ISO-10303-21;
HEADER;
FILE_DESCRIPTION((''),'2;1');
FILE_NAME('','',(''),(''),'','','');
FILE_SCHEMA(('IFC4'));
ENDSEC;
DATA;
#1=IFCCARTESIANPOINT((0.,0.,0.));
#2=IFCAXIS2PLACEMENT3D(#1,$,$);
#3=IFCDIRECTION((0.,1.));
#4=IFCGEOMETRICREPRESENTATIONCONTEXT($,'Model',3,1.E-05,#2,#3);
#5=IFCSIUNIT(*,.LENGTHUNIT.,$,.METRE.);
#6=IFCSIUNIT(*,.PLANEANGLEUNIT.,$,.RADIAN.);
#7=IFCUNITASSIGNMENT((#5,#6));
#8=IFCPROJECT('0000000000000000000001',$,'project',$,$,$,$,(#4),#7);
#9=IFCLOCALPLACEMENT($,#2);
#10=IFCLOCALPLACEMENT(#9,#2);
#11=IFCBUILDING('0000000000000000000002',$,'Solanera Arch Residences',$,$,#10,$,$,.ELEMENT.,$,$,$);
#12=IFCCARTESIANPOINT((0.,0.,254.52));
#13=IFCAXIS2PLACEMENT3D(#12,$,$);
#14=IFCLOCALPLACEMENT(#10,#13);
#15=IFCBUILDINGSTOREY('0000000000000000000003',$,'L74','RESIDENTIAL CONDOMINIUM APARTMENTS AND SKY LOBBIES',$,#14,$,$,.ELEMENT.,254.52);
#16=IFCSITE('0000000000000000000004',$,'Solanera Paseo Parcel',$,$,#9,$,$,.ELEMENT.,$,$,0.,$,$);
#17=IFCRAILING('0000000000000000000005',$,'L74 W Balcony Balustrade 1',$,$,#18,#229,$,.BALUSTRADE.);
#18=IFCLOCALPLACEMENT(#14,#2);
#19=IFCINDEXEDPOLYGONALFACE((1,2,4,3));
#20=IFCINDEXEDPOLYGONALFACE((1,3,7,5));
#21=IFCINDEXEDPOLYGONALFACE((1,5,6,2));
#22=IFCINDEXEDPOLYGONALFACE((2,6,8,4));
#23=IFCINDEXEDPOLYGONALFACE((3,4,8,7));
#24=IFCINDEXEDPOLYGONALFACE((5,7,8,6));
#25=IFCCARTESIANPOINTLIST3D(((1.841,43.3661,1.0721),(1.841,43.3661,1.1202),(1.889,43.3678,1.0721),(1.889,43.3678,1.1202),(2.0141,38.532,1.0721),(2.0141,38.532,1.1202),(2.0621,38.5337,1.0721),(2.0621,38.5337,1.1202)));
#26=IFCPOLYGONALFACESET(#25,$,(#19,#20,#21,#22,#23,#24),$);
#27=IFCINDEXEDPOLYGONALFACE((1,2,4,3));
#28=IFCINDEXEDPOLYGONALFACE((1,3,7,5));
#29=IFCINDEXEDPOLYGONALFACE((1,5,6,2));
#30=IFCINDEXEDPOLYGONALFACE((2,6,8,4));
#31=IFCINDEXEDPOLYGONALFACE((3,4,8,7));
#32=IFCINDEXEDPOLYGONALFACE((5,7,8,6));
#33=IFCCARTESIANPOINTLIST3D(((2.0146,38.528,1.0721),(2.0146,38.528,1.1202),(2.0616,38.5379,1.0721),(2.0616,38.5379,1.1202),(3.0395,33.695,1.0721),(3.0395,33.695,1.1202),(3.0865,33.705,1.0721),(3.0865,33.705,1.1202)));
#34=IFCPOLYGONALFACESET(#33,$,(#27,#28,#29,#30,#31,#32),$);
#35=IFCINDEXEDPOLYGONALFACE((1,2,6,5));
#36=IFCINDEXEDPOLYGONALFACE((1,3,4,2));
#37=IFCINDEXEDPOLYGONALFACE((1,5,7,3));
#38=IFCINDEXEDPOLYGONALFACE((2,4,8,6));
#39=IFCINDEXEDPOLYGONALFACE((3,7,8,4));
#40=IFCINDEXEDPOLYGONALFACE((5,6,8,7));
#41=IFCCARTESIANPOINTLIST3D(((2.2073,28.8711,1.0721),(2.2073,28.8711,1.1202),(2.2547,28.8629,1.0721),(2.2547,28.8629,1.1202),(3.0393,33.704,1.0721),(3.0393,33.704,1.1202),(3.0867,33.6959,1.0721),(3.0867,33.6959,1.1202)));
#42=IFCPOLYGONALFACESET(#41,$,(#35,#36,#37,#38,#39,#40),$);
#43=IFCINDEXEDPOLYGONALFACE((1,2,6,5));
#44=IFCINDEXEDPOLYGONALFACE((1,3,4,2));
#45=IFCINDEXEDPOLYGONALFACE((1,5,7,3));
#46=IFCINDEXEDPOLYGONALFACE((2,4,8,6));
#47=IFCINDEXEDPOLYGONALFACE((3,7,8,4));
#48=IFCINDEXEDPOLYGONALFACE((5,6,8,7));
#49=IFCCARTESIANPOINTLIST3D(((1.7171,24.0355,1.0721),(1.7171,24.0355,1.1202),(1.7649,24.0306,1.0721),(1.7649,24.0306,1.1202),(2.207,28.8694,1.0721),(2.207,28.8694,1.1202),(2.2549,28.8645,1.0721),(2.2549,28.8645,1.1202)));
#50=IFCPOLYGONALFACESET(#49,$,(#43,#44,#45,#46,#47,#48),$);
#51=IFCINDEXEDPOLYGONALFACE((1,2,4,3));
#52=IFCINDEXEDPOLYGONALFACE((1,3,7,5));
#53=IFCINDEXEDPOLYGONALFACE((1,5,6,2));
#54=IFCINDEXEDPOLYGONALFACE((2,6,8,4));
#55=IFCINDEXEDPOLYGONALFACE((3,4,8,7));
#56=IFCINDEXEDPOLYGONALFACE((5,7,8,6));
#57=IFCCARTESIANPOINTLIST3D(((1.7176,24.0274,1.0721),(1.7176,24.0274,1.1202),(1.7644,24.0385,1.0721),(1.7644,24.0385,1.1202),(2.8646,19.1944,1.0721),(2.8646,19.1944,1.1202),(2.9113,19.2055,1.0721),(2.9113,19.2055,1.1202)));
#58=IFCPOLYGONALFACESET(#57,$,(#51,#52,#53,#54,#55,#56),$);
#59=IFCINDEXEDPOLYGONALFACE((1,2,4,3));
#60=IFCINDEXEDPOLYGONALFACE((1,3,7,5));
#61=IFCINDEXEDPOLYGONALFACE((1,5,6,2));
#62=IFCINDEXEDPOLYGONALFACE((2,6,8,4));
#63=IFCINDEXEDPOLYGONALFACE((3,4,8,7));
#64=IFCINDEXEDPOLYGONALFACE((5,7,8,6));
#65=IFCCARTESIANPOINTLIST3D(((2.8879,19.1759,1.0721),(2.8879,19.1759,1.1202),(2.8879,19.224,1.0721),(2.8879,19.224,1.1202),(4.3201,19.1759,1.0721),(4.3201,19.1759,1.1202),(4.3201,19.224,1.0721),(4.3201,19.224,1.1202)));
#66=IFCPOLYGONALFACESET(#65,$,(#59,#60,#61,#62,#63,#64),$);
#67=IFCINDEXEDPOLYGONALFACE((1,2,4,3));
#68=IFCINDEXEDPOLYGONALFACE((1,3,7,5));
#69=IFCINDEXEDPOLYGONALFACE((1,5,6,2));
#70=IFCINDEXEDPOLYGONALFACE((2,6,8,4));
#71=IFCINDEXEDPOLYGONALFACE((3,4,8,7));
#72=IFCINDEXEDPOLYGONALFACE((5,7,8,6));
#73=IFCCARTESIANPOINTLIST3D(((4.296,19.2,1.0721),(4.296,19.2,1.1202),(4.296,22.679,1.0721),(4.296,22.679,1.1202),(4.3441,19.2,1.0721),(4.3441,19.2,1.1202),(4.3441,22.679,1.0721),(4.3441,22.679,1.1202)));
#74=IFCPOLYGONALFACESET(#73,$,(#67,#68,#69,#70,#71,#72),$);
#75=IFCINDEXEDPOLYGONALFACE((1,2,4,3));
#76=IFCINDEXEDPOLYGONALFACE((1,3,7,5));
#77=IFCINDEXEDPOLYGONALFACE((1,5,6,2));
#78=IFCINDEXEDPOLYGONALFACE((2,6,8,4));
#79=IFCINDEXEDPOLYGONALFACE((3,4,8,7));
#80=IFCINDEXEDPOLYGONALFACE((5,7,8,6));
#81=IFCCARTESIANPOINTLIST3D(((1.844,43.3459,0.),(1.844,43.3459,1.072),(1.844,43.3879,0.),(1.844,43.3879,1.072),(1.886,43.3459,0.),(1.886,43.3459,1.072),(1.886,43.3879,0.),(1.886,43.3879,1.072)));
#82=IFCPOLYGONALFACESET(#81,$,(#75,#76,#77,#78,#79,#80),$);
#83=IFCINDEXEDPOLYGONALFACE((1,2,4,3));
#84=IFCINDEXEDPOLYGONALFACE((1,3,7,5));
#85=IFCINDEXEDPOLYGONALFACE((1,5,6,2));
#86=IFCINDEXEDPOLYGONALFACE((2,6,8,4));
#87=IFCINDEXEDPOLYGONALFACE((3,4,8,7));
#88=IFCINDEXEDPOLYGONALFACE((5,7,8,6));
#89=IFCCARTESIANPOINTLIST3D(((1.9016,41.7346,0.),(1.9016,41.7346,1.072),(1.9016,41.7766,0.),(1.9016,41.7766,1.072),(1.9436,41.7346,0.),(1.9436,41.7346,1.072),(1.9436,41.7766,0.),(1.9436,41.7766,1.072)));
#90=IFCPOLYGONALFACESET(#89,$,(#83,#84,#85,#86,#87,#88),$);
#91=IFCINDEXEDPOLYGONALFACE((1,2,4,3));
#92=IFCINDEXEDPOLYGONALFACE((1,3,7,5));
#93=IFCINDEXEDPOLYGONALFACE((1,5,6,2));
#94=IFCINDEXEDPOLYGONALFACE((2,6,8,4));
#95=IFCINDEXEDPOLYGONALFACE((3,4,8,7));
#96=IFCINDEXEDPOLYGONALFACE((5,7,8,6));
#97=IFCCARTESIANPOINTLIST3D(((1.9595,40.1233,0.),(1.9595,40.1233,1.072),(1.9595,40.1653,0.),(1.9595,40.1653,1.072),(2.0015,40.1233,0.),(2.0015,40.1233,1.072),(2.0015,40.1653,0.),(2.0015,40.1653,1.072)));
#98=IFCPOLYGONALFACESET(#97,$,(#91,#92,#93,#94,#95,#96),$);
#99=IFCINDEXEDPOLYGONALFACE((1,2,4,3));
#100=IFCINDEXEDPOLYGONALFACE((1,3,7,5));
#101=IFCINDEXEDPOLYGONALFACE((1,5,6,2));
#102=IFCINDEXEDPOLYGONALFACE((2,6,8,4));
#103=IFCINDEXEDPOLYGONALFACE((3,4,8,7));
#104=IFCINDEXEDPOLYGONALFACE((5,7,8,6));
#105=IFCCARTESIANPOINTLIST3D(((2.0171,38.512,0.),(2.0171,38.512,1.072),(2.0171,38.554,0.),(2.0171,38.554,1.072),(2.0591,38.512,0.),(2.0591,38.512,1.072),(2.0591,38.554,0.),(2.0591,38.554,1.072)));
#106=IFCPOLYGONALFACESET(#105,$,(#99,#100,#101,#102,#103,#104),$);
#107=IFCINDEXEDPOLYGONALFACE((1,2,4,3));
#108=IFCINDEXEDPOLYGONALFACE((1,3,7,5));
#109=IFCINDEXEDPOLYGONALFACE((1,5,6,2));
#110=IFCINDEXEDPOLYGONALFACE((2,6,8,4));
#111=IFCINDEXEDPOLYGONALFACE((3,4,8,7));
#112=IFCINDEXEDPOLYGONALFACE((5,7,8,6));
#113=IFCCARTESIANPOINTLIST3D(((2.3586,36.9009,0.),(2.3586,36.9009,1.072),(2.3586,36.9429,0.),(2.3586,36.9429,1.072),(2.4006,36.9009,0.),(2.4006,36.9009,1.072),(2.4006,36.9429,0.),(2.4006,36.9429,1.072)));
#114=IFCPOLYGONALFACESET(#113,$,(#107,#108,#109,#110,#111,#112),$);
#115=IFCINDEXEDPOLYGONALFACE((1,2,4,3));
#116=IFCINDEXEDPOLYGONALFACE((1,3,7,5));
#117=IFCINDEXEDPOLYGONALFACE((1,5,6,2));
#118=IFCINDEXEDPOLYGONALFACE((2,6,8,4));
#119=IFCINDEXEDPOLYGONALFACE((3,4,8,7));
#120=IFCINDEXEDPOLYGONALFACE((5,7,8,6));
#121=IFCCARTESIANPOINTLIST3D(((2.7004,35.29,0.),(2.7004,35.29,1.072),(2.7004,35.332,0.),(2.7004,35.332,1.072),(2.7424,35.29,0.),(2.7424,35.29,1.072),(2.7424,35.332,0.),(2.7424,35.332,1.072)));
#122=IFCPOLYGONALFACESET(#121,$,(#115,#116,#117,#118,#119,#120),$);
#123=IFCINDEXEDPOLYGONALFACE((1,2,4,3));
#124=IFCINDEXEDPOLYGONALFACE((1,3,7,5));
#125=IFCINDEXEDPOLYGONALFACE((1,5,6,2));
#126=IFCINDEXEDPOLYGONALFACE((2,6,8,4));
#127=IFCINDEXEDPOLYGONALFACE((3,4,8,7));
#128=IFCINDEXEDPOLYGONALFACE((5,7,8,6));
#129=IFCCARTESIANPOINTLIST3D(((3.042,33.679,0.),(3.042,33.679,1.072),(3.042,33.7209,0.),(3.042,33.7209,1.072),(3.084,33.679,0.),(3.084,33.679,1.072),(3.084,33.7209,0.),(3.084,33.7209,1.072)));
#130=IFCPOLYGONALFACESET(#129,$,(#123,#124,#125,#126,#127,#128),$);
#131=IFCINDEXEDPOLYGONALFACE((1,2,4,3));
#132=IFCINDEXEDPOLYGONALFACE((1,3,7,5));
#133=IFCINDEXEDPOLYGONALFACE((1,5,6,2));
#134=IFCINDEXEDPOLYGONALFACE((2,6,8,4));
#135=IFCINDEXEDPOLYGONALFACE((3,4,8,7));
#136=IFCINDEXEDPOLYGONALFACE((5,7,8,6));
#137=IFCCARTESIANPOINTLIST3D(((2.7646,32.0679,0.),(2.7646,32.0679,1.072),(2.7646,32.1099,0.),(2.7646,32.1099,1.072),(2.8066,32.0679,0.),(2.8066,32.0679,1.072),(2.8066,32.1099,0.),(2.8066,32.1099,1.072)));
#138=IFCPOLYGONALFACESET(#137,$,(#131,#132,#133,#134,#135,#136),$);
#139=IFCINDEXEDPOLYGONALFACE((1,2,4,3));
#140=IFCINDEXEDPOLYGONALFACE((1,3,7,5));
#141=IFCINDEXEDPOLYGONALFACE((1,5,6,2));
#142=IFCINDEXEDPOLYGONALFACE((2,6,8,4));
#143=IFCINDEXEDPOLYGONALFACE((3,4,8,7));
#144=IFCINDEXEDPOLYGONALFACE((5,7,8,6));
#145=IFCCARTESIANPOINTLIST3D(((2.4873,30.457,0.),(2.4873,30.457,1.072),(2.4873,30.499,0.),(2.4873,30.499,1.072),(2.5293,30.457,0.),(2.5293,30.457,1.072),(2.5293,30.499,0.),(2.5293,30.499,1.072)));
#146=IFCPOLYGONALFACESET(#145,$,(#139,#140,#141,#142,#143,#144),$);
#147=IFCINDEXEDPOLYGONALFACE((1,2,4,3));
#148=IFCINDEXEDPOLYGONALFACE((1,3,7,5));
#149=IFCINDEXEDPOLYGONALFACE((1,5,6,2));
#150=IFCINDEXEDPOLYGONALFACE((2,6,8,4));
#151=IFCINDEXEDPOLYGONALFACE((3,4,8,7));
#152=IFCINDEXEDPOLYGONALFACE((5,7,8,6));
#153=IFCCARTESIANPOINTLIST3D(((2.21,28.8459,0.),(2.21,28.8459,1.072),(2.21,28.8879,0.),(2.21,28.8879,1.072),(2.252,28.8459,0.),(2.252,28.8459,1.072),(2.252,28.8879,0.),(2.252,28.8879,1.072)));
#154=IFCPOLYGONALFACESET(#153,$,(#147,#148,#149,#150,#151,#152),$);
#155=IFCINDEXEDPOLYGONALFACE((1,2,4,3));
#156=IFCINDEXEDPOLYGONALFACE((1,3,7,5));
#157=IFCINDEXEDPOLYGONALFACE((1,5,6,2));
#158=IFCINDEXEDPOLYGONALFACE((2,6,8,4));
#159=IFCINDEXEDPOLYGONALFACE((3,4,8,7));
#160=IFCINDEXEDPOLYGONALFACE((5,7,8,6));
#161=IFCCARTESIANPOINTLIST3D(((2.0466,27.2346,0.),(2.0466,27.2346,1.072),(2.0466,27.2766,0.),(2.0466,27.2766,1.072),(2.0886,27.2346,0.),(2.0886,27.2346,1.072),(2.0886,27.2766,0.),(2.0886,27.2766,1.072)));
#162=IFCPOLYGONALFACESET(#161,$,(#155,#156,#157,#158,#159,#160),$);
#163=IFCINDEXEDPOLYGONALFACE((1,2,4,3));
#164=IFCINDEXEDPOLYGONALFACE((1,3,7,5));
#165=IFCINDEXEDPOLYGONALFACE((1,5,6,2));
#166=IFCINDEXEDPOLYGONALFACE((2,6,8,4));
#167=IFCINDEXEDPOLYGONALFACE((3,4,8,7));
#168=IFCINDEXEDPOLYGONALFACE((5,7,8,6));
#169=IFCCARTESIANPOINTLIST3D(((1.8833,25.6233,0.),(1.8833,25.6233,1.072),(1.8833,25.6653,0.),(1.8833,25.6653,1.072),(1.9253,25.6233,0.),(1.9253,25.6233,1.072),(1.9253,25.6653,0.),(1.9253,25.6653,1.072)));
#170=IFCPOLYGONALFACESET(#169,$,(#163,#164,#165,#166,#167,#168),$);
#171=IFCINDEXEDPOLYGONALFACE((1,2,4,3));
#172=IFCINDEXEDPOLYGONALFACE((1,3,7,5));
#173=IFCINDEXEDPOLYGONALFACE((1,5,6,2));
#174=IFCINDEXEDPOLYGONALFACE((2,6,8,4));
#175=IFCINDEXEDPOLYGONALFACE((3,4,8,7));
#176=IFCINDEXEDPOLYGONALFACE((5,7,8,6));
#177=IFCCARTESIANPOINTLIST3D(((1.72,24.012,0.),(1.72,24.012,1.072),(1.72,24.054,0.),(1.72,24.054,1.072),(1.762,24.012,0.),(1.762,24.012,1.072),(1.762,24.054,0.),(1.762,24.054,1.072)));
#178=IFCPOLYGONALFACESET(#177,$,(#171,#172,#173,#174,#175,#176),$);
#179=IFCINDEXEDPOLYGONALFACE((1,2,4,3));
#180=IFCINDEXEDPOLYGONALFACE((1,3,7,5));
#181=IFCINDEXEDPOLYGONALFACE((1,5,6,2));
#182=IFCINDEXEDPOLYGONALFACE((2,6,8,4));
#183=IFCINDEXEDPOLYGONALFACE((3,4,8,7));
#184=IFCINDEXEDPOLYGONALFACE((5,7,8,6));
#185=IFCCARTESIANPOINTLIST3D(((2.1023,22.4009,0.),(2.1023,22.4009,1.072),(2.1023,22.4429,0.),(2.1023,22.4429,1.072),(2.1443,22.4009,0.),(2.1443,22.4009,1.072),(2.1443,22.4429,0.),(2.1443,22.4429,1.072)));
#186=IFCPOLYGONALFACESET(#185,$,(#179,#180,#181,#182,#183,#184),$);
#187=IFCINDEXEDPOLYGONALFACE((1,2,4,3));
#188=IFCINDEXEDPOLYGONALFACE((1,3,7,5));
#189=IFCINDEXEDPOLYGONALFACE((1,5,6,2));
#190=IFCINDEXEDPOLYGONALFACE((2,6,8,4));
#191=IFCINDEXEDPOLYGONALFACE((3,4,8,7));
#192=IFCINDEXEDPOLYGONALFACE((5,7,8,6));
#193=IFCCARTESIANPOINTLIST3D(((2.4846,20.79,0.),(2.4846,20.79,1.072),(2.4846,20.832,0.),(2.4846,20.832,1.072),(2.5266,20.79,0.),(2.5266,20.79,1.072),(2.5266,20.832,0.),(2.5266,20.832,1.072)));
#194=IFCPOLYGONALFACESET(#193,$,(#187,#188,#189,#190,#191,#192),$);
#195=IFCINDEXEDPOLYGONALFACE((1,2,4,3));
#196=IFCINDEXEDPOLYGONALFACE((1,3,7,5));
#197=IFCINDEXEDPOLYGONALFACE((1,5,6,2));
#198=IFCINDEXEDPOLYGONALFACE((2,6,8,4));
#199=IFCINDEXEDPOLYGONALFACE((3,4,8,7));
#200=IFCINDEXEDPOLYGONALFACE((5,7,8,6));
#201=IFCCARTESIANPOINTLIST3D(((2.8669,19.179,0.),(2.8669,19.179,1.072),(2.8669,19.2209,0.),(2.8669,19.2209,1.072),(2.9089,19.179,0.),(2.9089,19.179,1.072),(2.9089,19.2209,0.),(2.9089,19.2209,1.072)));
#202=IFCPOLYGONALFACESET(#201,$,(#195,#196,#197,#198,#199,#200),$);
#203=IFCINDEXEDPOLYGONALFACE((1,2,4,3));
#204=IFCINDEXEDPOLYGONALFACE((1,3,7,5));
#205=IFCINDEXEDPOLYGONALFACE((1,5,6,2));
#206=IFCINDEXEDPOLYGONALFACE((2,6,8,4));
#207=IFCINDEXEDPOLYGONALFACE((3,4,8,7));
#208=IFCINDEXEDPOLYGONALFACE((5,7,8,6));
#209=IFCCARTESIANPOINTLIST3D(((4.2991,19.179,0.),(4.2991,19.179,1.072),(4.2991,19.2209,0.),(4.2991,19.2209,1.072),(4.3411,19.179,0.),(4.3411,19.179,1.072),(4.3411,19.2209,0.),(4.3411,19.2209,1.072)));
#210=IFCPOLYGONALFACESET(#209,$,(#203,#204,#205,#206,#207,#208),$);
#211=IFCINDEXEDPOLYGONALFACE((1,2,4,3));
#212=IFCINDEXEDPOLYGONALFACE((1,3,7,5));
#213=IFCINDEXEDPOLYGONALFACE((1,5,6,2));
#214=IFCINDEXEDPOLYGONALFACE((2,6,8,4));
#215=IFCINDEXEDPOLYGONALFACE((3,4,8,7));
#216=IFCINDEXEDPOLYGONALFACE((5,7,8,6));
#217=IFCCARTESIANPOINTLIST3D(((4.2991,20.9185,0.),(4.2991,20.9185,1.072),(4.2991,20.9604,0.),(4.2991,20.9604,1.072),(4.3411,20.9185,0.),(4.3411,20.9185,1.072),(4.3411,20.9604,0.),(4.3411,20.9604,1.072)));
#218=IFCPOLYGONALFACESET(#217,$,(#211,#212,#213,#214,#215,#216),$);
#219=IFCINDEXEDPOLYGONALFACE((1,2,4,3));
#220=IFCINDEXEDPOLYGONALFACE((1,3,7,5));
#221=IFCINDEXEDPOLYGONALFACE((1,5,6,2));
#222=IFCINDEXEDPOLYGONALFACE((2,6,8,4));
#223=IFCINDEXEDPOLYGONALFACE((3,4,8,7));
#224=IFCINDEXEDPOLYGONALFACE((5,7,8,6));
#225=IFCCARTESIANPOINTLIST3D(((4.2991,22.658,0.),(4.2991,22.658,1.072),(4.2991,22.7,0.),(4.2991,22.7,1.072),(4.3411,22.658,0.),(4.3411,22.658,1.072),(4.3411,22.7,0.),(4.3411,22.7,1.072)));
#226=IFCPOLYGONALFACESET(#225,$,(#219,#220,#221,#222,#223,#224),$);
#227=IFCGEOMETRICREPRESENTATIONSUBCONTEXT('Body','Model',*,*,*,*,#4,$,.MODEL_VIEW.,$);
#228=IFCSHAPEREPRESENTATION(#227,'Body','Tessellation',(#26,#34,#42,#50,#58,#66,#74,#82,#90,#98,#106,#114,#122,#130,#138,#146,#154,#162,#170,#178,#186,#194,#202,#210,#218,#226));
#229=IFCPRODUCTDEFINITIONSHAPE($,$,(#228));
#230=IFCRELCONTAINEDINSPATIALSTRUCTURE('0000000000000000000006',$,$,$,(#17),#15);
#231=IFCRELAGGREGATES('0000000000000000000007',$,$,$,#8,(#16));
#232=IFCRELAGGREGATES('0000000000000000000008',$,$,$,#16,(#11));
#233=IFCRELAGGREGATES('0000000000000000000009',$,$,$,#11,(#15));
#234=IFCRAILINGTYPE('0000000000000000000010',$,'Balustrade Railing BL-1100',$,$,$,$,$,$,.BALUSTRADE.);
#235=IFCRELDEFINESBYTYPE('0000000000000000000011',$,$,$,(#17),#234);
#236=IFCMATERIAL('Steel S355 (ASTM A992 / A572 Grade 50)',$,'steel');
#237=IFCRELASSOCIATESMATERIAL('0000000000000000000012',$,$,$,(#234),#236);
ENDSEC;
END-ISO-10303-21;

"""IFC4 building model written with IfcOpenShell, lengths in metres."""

from ifc_helpers import new_model, si_unit, direction, frame, origin, origin_2d, place, context, subcontext, project, spatial, rectangle, extrude, material, type_object, element, save


model = new_model("IFC4")

# Units and contexts
model_context = context("Model", 3, precision=1e-05, world=origin(), true_north=direction((0.0, 1.0)))
body_context = subcontext(model_context, "Body", "Model", "MODEL_VIEW")
ifc_project = project(units=[si_unit("LENGTHUNIT", "METRE"), si_unit("PLANEANGLEUNIT", "RADIAN")], contexts=[model_context])

# Site, building, storey
site_placement = place(None, origin())
site = spatial("IfcSite", under=ifc_project, at=site_placement, Name="Solanera Paseo Parcel", CompositionType="ELEMENT", RefElevation=0.0)
building_placement = place(site_placement, origin())
building = spatial("IfcBuilding", under=site, at=building_placement, Name="Solanera Arch Residences", CompositionType="ELEMENT")
storey_placement = place(building_placement, frame((0.0, 0.0, 254.52)))
storey = spatial("IfcBuildingStorey", under=building, at=storey_placement, Name="L74", Description="RESIDENTIAL CONDOMINIUM APARTMENTS AND SKY LOBBIES", CompositionType="ELEMENT", Elevation=254.52)

# Railing
ifc_material_1 = material(Name="Steel S355 (ASTM A992 / A572 Grade 50)", Category="steel")
railing_type = type_object("IfcRailingType", Name="Balustrade Railing BL-1100", PredefinedType="BALUSTRADE", material=ifc_material_1)
railing_1_placement = place(storey_placement, frame((1.865, 43.3669, 0.0)))
element("IfcRailing", 1, at=railing_1_placement, inside=storey, type_object=railing_type, Name="L74 W Balcony Balustrade 1", PredefinedType="BALUSTRADE", context=body_context, shape_type="SweptSolid", body=[
    extrude(rectangle(XDim=0.0481, YDim=0.0481, at=origin_2d()), frame((0.0, 0.0, 1.0962), z_axis=(0.035785, -0.99936, 0.0), x_axis=(0.99936, 0.035785, 0.0)), (0.0, 0.0, 1.0), 4.8372),
    extrude(rectangle(XDim=0.0481, YDim=0.0481, at=origin_2d()), frame((0.1731, -4.834, 1.0962), z_axis=(0.20745, -0.978246, 0.0), x_axis=(0.978246, 0.20745, 0.0)), (0.0, 0.0, 1.0), 4.9404),
    extrude(rectangle(XDim=0.0481, YDim=0.0481, at=origin_2d()), frame((1.198, -9.667, 1.0962), z_axis=(-0.16966, -0.985503, 0.0), x_axis=(0.985503, -0.16966, 0.0)), (0.0, 0.0, 1.0), 4.9041),
    extrude(rectangle(XDim=0.0481, YDim=0.0481, at=origin_2d()), frame((0.366, -14.5, 1.0962), z_axis=(-0.100847, -0.994902, 0.0), x_axis=(0.994902, -0.100847, 0.0)), (0.0, 0.0, 1.0), 4.8586),
    extrude(rectangle(XDim=0.0481, YDim=0.0481, at=origin_2d()), frame((-0.124, -19.334, 1.0962), z_axis=(0.230907, -0.972976, 0.0), x_axis=(0.972976, 0.230907, 0.0)), (0.0, 0.0, 1.0), 4.9673),
    extrude(rectangle(XDim=0.0481, YDim=0.0481, at=origin_2d()), frame((1.0229, -24.167, 1.0962), z_axis=(1.0, 0.0, 0.0), x_axis=(0.0, 1.0, 0.0)), (0.0, 0.0, 1.0), 1.4321),
    extrude(rectangle(XDim=0.0481, YDim=0.0481, at=origin_2d()), frame((2.4551, -24.167, 1.0962), z_axis=(0.0, 1.0, 0.0), x_axis=(-1.0, 0.0, 0.0)), (0.0, 0.0, 1.0), 3.479),
    extrude(rectangle(XDim=0.042, YDim=0.042, at=origin_2d()), origin(), (0.0, 0.0, 1.0), 1.072),
    extrude(rectangle(XDim=0.042, YDim=0.042, at=origin_2d()), frame((0.0576, -1.6113, 0.0)), (0.0, 0.0, 1.0), 1.072),
    extrude(rectangle(XDim=0.042, YDim=0.042, at=origin_2d()), frame((0.1155, -3.2227, 0.0)), (0.0, 0.0, 1.0), 1.072),
    extrude(rectangle(XDim=0.042, YDim=0.042, at=origin_2d()), frame((0.1731, -4.834, 0.0)), (0.0, 0.0, 1.0), 1.072),
    extrude(rectangle(XDim=0.042, YDim=0.042, at=origin_2d()), frame((0.5146, -6.4451, 0.0)), (0.0, 0.0, 1.0), 1.072),
    extrude(rectangle(XDim=0.042, YDim=0.042, at=origin_2d()), frame((0.8564, -8.0559, 0.0)), (0.0, 0.0, 1.0), 1.072),
    extrude(rectangle(XDim=0.042, YDim=0.042, at=origin_2d()), frame((1.198, -9.667, 0.0)), (0.0, 0.0, 1.0), 1.072),
    extrude(rectangle(XDim=0.042, YDim=0.042, at=origin_2d()), frame((0.9207, -11.2781, 0.0)), (0.0, 0.0, 1.0), 1.072),
    extrude(rectangle(XDim=0.042, YDim=0.042, at=origin_2d()), frame((0.6433, -12.8889, 0.0)), (0.0, 0.0, 1.0), 1.072),
    extrude(rectangle(XDim=0.042, YDim=0.042, at=origin_2d()), frame((0.366, -14.5, 0.0)), (0.0, 0.0, 1.0), 1.072),
    extrude(rectangle(XDim=0.042, YDim=0.042, at=origin_2d()), frame((0.2026, -16.1113, 0.0)), (0.0, 0.0, 1.0), 1.072),
    extrude(rectangle(XDim=0.042, YDim=0.042, at=origin_2d()), frame((0.0393, -17.7227, 0.0)), (0.0, 0.0, 1.0), 1.072),
    extrude(rectangle(XDim=0.042, YDim=0.042, at=origin_2d()), frame((-0.124, -19.334, 0.0)), (0.0, 0.0, 1.0), 1.072),
    extrude(rectangle(XDim=0.042, YDim=0.042, at=origin_2d()), frame((0.2583, -20.9451, 0.0)), (0.0, 0.0, 1.0), 1.072),
    extrude(rectangle(XDim=0.042, YDim=0.042, at=origin_2d()), frame((0.6406, -22.5559, 0.0)), (0.0, 0.0, 1.0), 1.072),
    extrude(rectangle(XDim=0.042, YDim=0.042, at=origin_2d()), frame((1.0229, -24.167, 0.0)), (0.0, 0.0, 1.0), 1.072),
    extrude(rectangle(XDim=0.042, YDim=0.042, at=origin_2d()), frame((2.4551, -24.167, 0.0)), (0.0, 0.0, 1.0), 1.072),
    extrude(rectangle(XDim=0.042, YDim=0.042, at=origin_2d()), frame((2.4551, -22.4275, 0.0)), (0.0, 0.0, 1.0), 1.072),
    extrude(rectangle(XDim=0.042, YDim=0.042, at=origin_2d()), frame((2.4551, -20.688, 0.0)), (0.0, 0.0, 1.0), 1.072),
])

save(model, "model.ifc")
